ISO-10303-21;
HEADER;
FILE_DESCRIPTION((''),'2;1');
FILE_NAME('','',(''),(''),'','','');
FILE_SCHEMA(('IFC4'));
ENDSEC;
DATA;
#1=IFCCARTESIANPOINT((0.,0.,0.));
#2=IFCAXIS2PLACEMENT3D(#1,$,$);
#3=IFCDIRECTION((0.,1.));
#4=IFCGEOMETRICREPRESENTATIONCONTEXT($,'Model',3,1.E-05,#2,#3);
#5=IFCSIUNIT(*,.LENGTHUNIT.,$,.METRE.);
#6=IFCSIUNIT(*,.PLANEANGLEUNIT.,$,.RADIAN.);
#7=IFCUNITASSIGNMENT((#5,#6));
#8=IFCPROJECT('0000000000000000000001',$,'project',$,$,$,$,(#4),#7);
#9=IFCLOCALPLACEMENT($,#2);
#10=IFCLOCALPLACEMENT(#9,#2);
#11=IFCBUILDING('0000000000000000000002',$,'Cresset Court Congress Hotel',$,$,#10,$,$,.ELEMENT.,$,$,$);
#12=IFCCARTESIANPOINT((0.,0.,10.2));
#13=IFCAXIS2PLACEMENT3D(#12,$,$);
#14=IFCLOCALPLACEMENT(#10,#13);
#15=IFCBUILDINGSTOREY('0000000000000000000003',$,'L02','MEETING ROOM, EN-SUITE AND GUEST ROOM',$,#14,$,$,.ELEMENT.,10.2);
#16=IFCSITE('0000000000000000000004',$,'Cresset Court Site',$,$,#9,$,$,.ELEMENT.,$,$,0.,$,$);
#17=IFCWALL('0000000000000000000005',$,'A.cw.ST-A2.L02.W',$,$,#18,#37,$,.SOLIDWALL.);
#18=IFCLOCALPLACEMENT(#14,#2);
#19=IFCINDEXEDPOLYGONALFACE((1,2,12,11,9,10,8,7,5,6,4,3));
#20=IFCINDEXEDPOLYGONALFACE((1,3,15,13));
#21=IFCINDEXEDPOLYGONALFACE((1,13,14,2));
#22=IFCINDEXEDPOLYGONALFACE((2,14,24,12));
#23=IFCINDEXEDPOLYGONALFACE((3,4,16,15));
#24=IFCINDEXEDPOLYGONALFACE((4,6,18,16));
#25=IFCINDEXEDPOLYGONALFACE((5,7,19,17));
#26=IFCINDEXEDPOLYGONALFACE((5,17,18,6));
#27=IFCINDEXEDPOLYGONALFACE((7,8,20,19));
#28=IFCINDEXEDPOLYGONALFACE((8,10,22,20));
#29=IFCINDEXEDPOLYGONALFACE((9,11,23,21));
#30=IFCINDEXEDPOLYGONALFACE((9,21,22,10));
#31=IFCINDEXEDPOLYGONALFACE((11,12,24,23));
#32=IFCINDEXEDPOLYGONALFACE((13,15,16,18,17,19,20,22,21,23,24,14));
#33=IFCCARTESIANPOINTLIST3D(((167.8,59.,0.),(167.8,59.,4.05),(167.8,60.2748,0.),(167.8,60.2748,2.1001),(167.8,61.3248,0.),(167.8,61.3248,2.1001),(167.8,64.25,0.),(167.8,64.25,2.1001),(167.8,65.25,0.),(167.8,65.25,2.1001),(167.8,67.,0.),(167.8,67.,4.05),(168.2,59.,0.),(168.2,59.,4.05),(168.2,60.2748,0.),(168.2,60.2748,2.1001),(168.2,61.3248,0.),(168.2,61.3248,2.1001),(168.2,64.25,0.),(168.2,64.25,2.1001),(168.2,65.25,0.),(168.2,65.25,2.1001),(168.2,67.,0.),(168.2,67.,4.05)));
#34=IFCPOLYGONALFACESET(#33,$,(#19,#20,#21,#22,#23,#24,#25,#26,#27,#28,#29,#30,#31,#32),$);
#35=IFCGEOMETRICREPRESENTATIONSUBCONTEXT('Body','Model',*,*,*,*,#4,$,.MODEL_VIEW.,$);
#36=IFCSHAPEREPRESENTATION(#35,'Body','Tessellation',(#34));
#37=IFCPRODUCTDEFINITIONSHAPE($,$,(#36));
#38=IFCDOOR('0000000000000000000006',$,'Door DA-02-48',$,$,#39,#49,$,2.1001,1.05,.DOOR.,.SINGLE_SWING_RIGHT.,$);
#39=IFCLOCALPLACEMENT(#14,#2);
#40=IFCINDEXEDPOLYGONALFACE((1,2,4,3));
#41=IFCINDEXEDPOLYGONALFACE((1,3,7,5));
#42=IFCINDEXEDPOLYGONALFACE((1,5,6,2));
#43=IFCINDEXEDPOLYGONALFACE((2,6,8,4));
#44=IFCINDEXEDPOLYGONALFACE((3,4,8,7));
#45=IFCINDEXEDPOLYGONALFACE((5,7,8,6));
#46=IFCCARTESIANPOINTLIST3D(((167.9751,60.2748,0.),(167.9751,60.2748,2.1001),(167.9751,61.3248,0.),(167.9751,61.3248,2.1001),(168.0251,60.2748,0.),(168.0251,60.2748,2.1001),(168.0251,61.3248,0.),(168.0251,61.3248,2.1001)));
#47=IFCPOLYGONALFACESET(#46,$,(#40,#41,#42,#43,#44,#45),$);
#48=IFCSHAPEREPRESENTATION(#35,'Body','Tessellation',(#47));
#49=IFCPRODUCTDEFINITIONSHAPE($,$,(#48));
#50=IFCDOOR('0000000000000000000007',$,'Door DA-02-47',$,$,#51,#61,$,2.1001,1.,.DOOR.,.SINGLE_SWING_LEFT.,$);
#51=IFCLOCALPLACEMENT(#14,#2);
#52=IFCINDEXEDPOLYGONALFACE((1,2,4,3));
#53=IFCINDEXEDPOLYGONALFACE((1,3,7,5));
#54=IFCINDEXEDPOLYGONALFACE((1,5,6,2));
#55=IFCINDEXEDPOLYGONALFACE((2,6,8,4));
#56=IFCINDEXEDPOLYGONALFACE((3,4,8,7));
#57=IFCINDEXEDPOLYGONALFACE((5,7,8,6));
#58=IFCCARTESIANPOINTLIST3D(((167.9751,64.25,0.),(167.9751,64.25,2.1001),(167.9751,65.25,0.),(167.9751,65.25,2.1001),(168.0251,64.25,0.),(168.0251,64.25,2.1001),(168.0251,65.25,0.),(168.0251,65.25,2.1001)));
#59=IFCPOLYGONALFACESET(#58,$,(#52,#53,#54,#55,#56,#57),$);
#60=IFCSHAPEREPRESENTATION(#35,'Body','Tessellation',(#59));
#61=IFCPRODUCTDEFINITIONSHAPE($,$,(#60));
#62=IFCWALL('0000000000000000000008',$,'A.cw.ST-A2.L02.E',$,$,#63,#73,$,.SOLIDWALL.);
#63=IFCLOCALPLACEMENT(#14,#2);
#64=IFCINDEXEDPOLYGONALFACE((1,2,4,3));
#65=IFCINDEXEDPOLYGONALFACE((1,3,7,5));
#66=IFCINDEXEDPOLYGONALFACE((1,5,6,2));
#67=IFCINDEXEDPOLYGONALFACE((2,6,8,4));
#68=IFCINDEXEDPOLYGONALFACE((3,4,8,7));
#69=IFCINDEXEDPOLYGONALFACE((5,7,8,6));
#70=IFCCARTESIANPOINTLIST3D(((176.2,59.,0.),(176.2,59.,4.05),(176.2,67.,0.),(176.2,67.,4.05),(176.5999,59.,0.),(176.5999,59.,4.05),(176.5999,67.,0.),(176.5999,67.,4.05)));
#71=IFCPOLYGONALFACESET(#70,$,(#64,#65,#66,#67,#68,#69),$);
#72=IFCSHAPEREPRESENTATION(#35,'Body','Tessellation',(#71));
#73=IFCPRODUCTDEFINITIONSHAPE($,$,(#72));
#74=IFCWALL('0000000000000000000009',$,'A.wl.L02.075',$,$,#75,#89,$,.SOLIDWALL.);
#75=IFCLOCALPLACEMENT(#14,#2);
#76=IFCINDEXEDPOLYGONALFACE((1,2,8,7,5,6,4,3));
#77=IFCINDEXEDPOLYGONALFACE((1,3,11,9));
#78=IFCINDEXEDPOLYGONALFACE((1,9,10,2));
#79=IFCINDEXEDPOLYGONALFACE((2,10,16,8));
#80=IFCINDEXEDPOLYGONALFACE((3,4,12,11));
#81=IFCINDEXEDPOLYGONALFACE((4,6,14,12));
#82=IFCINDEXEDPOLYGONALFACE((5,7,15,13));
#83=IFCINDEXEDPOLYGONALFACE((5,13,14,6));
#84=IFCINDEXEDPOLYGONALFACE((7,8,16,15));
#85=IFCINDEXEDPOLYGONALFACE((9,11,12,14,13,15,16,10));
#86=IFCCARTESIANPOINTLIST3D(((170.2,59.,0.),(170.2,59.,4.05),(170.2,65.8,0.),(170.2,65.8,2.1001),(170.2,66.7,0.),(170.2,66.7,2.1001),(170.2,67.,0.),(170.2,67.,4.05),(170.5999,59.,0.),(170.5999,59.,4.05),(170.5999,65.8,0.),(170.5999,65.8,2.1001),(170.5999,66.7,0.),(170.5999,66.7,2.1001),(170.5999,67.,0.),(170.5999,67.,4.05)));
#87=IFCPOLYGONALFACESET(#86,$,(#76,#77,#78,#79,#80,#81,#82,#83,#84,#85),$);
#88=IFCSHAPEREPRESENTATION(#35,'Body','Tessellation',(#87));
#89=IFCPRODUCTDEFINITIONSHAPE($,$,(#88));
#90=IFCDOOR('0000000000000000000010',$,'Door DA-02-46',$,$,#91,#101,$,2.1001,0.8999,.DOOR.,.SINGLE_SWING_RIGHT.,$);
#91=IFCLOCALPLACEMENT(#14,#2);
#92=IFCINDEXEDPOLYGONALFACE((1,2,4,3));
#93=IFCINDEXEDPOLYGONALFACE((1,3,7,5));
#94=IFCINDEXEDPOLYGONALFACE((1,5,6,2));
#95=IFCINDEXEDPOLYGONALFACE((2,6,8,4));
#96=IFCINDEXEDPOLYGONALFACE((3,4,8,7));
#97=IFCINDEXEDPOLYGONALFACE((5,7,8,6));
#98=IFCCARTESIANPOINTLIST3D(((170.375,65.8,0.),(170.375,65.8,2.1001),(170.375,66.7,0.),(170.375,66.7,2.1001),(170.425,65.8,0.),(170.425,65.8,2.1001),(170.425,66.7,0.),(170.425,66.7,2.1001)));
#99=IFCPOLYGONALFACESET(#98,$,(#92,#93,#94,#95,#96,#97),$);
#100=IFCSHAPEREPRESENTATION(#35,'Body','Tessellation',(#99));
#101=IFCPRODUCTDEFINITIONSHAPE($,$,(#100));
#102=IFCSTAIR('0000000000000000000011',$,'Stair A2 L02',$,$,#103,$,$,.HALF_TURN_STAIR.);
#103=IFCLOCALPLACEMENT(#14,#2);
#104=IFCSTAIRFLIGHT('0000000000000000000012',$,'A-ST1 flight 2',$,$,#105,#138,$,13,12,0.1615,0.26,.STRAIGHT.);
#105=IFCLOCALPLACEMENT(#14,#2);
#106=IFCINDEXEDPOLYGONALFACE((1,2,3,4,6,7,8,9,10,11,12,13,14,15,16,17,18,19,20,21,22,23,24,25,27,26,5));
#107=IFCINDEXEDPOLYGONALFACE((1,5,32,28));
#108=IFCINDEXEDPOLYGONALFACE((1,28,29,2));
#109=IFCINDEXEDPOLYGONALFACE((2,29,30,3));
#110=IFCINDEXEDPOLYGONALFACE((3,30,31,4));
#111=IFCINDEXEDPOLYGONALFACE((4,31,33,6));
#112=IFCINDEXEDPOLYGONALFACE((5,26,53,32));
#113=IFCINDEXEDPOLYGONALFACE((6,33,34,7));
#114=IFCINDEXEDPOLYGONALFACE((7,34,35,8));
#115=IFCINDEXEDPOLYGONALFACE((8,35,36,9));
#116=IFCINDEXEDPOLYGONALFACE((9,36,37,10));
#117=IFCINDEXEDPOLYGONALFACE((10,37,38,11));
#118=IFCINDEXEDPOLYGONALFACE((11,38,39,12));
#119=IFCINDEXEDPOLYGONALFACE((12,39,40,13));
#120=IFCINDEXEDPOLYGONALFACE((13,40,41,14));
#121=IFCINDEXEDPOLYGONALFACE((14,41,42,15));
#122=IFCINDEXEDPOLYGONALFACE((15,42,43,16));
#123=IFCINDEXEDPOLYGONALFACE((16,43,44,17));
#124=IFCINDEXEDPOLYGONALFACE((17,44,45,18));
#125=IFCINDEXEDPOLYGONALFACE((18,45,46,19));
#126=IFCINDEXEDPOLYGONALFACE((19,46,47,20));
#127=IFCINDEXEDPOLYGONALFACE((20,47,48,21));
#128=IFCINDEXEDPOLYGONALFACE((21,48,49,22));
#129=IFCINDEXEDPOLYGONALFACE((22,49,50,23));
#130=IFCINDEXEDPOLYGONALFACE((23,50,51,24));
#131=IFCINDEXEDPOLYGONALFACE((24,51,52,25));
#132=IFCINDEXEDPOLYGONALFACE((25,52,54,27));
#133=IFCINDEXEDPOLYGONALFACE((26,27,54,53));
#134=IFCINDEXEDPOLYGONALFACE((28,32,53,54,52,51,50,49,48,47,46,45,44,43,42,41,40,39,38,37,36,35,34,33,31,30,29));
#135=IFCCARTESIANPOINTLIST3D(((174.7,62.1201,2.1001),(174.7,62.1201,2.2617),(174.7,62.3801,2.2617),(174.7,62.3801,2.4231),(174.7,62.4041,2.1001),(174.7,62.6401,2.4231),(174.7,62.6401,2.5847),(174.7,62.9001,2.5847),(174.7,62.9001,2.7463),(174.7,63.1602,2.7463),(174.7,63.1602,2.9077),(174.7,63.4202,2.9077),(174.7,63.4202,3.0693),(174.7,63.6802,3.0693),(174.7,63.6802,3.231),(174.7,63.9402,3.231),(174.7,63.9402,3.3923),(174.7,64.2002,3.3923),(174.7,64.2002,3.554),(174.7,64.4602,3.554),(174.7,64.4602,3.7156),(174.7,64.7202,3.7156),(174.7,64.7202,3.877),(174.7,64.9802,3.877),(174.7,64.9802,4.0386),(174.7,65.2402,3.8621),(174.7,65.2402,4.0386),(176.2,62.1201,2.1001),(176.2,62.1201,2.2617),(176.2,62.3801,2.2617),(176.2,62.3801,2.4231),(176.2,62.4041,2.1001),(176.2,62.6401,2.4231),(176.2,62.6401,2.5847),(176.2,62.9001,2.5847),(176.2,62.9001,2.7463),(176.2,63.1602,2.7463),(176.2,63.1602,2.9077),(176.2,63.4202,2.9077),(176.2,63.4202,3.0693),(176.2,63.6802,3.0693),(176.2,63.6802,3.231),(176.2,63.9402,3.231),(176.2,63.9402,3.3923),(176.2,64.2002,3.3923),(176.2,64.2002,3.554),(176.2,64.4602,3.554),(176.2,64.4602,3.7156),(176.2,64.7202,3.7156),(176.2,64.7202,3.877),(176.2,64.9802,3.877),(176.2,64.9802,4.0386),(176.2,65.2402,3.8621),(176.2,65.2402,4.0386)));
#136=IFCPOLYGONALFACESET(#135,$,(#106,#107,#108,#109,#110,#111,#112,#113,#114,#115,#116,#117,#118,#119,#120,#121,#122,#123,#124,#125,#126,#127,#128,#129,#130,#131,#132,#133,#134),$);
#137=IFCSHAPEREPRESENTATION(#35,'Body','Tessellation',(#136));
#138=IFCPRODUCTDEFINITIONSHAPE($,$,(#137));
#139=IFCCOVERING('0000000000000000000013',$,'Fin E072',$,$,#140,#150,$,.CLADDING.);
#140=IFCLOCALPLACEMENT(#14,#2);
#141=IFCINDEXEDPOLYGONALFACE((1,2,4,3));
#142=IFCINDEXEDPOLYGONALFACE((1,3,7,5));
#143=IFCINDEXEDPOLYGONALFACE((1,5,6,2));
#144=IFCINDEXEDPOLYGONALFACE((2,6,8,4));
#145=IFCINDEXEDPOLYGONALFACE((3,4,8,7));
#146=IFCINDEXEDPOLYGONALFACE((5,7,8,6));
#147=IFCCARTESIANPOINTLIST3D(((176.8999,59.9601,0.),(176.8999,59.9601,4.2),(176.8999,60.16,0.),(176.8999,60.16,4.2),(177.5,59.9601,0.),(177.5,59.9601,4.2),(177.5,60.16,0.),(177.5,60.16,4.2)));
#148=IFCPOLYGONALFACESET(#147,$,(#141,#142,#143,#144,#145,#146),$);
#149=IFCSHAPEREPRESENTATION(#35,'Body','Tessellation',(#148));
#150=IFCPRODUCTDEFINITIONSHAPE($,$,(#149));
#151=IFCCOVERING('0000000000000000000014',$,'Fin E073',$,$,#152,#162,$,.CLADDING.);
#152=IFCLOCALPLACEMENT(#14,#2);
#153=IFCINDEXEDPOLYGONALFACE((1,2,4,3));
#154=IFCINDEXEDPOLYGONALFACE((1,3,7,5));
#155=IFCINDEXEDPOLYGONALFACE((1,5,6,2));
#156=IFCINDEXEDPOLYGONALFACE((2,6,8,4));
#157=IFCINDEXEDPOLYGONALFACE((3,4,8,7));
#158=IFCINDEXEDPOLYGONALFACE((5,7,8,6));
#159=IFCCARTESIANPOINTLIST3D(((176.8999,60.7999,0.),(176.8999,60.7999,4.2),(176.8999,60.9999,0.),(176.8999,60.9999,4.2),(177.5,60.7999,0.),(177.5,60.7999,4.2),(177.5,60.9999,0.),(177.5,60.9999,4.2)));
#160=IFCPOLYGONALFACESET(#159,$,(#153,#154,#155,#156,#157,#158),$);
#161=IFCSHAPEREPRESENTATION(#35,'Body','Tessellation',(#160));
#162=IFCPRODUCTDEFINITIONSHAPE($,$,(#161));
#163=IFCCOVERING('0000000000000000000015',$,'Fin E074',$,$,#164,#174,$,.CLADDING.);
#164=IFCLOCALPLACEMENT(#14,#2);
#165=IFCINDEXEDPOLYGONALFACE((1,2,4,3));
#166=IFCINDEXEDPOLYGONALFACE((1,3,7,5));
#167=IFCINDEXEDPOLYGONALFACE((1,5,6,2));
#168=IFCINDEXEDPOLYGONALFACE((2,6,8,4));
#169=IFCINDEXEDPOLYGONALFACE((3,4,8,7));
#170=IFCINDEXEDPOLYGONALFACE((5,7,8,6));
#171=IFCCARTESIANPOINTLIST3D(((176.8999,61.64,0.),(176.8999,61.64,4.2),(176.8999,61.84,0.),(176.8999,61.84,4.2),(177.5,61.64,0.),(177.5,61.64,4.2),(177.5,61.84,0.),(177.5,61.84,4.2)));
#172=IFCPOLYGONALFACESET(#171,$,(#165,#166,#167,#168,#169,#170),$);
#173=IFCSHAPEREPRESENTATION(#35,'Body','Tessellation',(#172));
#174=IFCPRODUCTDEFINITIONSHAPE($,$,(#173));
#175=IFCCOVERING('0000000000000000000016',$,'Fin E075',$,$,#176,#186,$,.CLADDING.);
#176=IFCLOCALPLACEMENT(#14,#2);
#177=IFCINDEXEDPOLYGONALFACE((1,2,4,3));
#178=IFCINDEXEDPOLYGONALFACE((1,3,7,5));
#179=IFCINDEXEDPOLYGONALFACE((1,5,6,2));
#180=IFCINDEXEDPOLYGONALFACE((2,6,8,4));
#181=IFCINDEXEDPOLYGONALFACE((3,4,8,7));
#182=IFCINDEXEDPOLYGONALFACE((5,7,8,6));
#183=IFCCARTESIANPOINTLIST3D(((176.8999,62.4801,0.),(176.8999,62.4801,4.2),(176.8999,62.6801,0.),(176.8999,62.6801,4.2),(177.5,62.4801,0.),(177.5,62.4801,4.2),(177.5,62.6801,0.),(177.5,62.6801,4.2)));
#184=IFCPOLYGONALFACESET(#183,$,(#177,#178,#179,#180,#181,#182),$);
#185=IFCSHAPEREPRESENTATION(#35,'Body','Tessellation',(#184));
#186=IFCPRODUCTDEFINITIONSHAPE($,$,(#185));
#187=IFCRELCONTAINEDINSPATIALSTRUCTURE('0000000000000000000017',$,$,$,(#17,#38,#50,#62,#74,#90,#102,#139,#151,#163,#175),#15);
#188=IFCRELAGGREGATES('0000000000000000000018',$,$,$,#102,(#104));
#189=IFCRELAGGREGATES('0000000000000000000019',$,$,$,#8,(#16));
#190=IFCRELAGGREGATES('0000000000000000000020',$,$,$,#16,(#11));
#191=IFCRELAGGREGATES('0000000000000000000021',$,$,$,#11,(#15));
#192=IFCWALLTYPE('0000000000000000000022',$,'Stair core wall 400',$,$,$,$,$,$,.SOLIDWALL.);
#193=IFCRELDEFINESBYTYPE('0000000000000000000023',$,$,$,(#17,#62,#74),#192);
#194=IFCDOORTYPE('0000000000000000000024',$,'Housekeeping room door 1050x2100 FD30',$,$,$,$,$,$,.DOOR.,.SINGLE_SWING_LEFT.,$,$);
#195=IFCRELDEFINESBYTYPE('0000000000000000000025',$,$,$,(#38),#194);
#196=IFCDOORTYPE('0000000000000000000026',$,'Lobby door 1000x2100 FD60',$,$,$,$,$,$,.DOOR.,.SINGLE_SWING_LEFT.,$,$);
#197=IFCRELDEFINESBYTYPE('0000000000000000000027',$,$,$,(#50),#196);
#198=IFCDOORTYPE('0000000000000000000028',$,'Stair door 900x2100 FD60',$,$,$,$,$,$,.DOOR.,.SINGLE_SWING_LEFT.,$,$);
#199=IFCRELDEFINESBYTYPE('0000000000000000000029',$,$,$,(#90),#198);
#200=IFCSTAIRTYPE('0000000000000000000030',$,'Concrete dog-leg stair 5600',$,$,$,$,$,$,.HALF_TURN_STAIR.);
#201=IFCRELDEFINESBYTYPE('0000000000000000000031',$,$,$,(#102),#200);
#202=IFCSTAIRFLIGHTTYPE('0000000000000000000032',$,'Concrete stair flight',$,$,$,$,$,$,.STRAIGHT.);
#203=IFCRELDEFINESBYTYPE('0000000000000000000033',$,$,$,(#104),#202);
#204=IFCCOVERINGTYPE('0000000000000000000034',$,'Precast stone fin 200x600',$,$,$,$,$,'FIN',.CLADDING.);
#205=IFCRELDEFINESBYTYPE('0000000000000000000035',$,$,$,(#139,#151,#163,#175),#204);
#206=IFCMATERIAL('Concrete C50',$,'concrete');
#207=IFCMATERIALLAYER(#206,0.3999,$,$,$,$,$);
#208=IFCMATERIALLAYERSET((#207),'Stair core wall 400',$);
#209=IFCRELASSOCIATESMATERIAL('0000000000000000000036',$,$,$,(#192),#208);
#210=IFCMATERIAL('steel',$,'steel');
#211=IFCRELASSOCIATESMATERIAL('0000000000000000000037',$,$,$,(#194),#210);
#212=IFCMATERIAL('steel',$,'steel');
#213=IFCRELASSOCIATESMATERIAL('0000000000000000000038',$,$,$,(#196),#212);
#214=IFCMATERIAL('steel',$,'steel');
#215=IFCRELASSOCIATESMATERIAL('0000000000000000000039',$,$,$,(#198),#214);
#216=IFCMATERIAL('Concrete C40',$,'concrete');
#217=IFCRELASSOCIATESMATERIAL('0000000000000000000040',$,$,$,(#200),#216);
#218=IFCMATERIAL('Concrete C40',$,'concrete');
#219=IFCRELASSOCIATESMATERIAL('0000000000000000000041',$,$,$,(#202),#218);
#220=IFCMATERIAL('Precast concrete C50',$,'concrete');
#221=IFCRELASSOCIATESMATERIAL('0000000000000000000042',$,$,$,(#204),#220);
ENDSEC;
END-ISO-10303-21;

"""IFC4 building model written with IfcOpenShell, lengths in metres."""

from ifc_helpers import new_model, si_unit, direction, frame, frame_2d, origin, origin_2d, place, context, subcontext, project, spatial, polyline, rectangle, outline, extrude, material, layer, layer_set, type_object, element, fill, aggregate, save


model = new_model("IFC4")

# Units and contexts
model_context = context("Model", 3, precision=1e-05, world=origin(), true_north=direction((0.0, 1.0)))
body_context = subcontext(model_context, "Body", "Model", "MODEL_VIEW")
ifc_project = project(units=[si_unit("LENGTHUNIT", "METRE"), si_unit("PLANEANGLEUNIT", "RADIAN")], contexts=[model_context])

# Site, building, storey
site_placement = place(None, origin())
site = spatial("IfcSite", under=ifc_project, at=site_placement, Name="Cresset Court Site", CompositionType="ELEMENT", RefElevation=0.0)
building_placement = place(site_placement, origin())
building = spatial("IfcBuilding", under=site, at=building_placement, Name="Cresset Court Congress Hotel", CompositionType="ELEMENT")
storey_placement = place(building_placement, frame((0.0, 0.0, 10.2)))
storey = spatial("IfcBuildingStorey", under=building, at=storey_placement, Name="L02", Description="MEETING ROOM, EN-SUITE AND GUEST ROOM", CompositionType="ELEMENT", Elevation=10.2)

# Shared definitions
ifc_material_1 = material(Name="Concrete C50", Category="concrete")
ifc_layer_1 = layer(ifc_material_1, 0.3999)
ifc_layer_set_1 = layer_set([ifc_layer_1], Name="Stair core wall 400")
wall_type_1 = type_object("IfcWallType", Name="Stair core wall 400", PredefinedType="SOLIDWALL", material=ifc_layer_set_1)

# Wall, openings, doors
wall_1_placement = place(storey_placement, frame((168.0, 59.0, 0.0), z_axis=(0.0, 0.0, 1.0), x_axis=(0.0, 1.0, 0.0)))
wall_1 = element("IfcWall", 1, at=wall_1_placement, inside=storey, type_object=wall_type_1, Name="A.cw.ST-A2.L02.W", PredefinedType="SOLIDWALL", context=body_context, shape_type="SweptSolid", body=[
    extrude(rectangle(XDim=8.0, YDim=0.3999, at=frame_2d((4.0, 0.0))), origin(), (0.0, 0.0, 1.0), 4.05),
])
opening_1_placement = place(wall_1_placement, frame((5.25, 0.0, 0.0)))
opening_1 = element("IfcOpeningElement", 2, at=opening_1_placement, cuts=wall_1, PredefinedType="OPENING", context=body_context, shape_type="SweptSolid", body=[
    extrude(rectangle(XDim=1.0, YDim=2.1001, at=frame_2d((0.5, 1.05))), frame((0.0, 0.21, 0.0), z_axis=(0.0, -1.0, 0.0), x_axis=(1.0, 0.0, 0.0)), (0.0, 0.0, 1.0), 0.4199),
])
opening_2_placement = place(wall_1_placement, frame((1.2749, 0.0, 0.0)))
opening_2 = element("IfcOpeningElement", 3, at=opening_2_placement, cuts=wall_1, PredefinedType="OPENING", context=body_context, shape_type="SweptSolid", body=[
    extrude(rectangle(XDim=1.05, YDim=2.1001, at=frame_2d((0.5249, 1.05))), frame((0.0, 0.21, 0.0), z_axis=(0.0, -1.0, 0.0), x_axis=(1.0, 0.0, 0.0)), (0.0, 0.0, 1.0), 0.4199),
])
ifc_material_2 = material(Name="steel", Category="steel")
door_type_1 = type_object("IfcDoorType", Name="Housekeeping room door 1050x2100 FD30", OperationType="SINGLE_SWING_LEFT", PredefinedType="DOOR", material=ifc_material_2)
door_1_placement = place(opening_2_placement, origin())
door_1 = element("IfcDoor", 4, at=door_1_placement, inside=storey, type_object=door_type_1, Name="Door DA-02-48", OperationType="SINGLE_SWING_RIGHT", OverallHeight=2.1001, OverallWidth=1.05, PredefinedType="DOOR", context=body_context, shape_type="SweptSolid", body=[
    extrude(rectangle(XDim=1.05, YDim=2.1001, at=frame_2d((0.5249, 1.05))), frame((0.0, 0.0249, 0.0), z_axis=(0.0, -1.0, 0.0), x_axis=(1.0, 0.0, 0.0)), (0.0, 0.0, 1.0), 0.05),
])
fill(opening_2, door_1)
ifc_material_3 = material(Name="steel", Category="steel")
door_type_2 = type_object("IfcDoorType", Name="Lobby door 1000x2100 FD60", OperationType="SINGLE_SWING_LEFT", PredefinedType="DOOR", material=ifc_material_3)
door_2_placement = place(opening_1_placement, origin())
door_2 = element("IfcDoor", 5, at=door_2_placement, inside=storey, type_object=door_type_2, Name="Door DA-02-47", OperationType="SINGLE_SWING_LEFT", OverallHeight=2.1001, OverallWidth=1.0, PredefinedType="DOOR", context=body_context, shape_type="SweptSolid", body=[
    extrude(rectangle(XDim=1.0, YDim=2.1001, at=frame_2d((0.5, 1.05))), frame((0.0, 0.0249, 0.0), z_axis=(0.0, -1.0, 0.0), x_axis=(1.0, 0.0, 0.0)), (0.0, 0.0, 1.0), 0.05),
])
fill(opening_1, door_2)

# Wall
wall_2_placement = place(storey_placement, frame((176.3999, 59.0, 0.0), z_axis=(0.0, 0.0, 1.0), x_axis=(0.0, 1.0, 0.0)))
element("IfcWall", 6, at=wall_2_placement, inside=storey, type_object=wall_type_1, Name="A.cw.ST-A2.L02.E", PredefinedType="SOLIDWALL", context=body_context, shape_type="SweptSolid", body=[
    extrude(rectangle(XDim=8.0, YDim=0.3999, at=frame_2d((4.0, 0.0))), origin(), (0.0, 0.0, 1.0), 4.05),
])

# Wall, opening, door
wall_3_placement = place(storey_placement, frame((170.3999, 59.0, 0.0), z_axis=(0.0, 0.0, 1.0), x_axis=(0.0, 1.0, 0.0)))
wall_3 = element("IfcWall", 7, at=wall_3_placement, inside=storey, type_object=wall_type_1, Name="A.wl.L02.075", PredefinedType="SOLIDWALL", context=body_context, shape_type="SweptSolid", body=[
    extrude(rectangle(XDim=8.0, YDim=0.3999, at=frame_2d((4.0, 0.0))), origin(), (0.0, 0.0, 1.0), 4.05),
])
opening_3_placement = place(wall_3_placement, frame((6.8, 0.0, 0.0)))
opening_3 = element("IfcOpeningElement", 8, at=opening_3_placement, cuts=wall_3, PredefinedType="OPENING", context=body_context, shape_type="SweptSolid", body=[
    extrude(rectangle(XDim=0.8999, YDim=2.1001, at=frame_2d((0.45, 1.05))), frame((0.0, 0.21, 0.0), z_axis=(0.0, -1.0, 0.0), x_axis=(1.0, 0.0, 0.0)), (0.0, 0.0, 1.0), 0.4199),
])
ifc_material_4 = material(Name="steel", Category="steel")
door_type_3 = type_object("IfcDoorType", Name="Stair door 900x2100 FD60", OperationType="SINGLE_SWING_LEFT", PredefinedType="DOOR", material=ifc_material_4)
door_3_placement = place(opening_3_placement, origin())
door_3 = element("IfcDoor", 9, at=door_3_placement, inside=storey, type_object=door_type_3, Name="Door DA-02-46", OperationType="SINGLE_SWING_RIGHT", OverallHeight=2.1001, OverallWidth=0.8999, PredefinedType="DOOR", context=body_context, shape_type="SweptSolid", body=[
    extrude(rectangle(XDim=0.8999, YDim=2.1001, at=frame_2d((0.45, 1.05))), frame((0.0, 0.0249, 0.0), z_axis=(0.0, -1.0, 0.0), x_axis=(1.0, 0.0, 0.0)), (0.0, 0.0, 1.0), 0.05),
])
fill(opening_3, door_3)

# Stair, stair flight
ifc_material_5 = material(Name="Concrete C40", Category="concrete")
stair_type = type_object("IfcStairType", Name="Concrete dog-leg stair 5600", PredefinedType="HALF_TURN_STAIR", material=ifc_material_5)
stair_placement = place(storey_placement, origin())
stair = element("IfcStair", 10, at=stair_placement, inside=storey, type_object=stair_type, Name="Stair A2 L02", PredefinedType="HALF_TURN_STAIR")
ifc_material_6 = material(Name="Concrete C40", Category="concrete")
stair_flight_type = type_object("IfcStairFlightType", Name="Concrete stair flight", PredefinedType="STRAIGHT", material=ifc_material_6)
stair_flight_placement = place(storey_placement, frame((175.45, 62.1201, 2.1001), z_axis=(0.0, 0.0, 1.0), x_axis=(0.0, 1.0, 0.0)))
stair_flight = element("IfcStairFlight", 11, at=stair_flight_placement, type_object=stair_flight_type, Name="A-ST1 flight 2", NumberOfRisers=13, NumberOfTreads=12, PredefinedType="STRAIGHT", RiserHeight=0.1615, TreadLength=0.26, context=body_context, shape_type="SweptSolid", body=[
    extrude(outline(polyline([(0.0, 0.0), (0.0, 0.1616), (0.26, 0.1616), (0.26, 0.323), (0.52, 0.323), (0.52, 0.4846), (0.78, 0.4846), (0.78, 0.6462), (1.04, 0.6462), (1.04, 0.8076), (1.3, 0.8076), (1.3, 0.9692), (1.5601, 0.9692), (1.5601, 1.1309), (1.8201, 1.1309), (1.8201, 1.2922), (2.0801, 1.2922), (2.0801, 1.4539), (2.3401, 1.4539), (2.3401, 1.6155), (2.6001, 1.6155), (2.6001, 1.7769), (2.8601, 1.7769), (2.8601, 1.9385), (3.1201, 1.9385), (3.1201, 2.1001), (3.1201, 1.762), (0.2839, 0.0), (0.0, 0.0)])), frame((0.0, 0.75, 0.0), z_axis=(0.0, -1.0, 0.0), x_axis=(1.0, 0.0, 0.0)), (0.0, 0.0, 1.0), 1.5),
])
aggregate(stair, [stair_flight])

# Coverings
ifc_material_7 = material(Name="Precast concrete C50", Category="concrete")
covering_type_1 = type_object("IfcCoveringType", Name="Precast stone fin 200x600", ElementType="FIN", PredefinedType="CLADDING", material=ifc_material_7)
for number, where, z_axis, x_axis, name in (
    (12, (177.2, 60.0601, 0.0), (0.0, 0.0, 1.0), (1.0, 0.0, 0.0), "Fin E072"),
    (13, (177.2, 60.8999, 0.0), (0.0, 0.0, 1.0), (1.0, 0.0, 0.0), "Fin E073"),
    (14, (177.2, 61.74, 0.0), (0.0, 0.0, 1.0), (1.0, 0.0, 0.0), "Fin E074"),
    (15, (177.2, 62.5801, 0.0), (0.0, 0.0, 1.0), (1.0, 0.0, 0.0), "Fin E075"),
):
    element("IfcCovering", number, at=place(storey_placement, frame(where, z_axis=z_axis, x_axis=x_axis)), inside=storey, type_object=covering_type_1, Name=name, PredefinedType="CLADDING", context=body_context, shape_type="SweptSolid", body=[
        extrude(rectangle(XDim=0.6001, YDim=0.2, at=origin_2d()), origin(), (0.0, 0.0, 1.0), 4.2),
    ])

save(model, "model.ifc")
